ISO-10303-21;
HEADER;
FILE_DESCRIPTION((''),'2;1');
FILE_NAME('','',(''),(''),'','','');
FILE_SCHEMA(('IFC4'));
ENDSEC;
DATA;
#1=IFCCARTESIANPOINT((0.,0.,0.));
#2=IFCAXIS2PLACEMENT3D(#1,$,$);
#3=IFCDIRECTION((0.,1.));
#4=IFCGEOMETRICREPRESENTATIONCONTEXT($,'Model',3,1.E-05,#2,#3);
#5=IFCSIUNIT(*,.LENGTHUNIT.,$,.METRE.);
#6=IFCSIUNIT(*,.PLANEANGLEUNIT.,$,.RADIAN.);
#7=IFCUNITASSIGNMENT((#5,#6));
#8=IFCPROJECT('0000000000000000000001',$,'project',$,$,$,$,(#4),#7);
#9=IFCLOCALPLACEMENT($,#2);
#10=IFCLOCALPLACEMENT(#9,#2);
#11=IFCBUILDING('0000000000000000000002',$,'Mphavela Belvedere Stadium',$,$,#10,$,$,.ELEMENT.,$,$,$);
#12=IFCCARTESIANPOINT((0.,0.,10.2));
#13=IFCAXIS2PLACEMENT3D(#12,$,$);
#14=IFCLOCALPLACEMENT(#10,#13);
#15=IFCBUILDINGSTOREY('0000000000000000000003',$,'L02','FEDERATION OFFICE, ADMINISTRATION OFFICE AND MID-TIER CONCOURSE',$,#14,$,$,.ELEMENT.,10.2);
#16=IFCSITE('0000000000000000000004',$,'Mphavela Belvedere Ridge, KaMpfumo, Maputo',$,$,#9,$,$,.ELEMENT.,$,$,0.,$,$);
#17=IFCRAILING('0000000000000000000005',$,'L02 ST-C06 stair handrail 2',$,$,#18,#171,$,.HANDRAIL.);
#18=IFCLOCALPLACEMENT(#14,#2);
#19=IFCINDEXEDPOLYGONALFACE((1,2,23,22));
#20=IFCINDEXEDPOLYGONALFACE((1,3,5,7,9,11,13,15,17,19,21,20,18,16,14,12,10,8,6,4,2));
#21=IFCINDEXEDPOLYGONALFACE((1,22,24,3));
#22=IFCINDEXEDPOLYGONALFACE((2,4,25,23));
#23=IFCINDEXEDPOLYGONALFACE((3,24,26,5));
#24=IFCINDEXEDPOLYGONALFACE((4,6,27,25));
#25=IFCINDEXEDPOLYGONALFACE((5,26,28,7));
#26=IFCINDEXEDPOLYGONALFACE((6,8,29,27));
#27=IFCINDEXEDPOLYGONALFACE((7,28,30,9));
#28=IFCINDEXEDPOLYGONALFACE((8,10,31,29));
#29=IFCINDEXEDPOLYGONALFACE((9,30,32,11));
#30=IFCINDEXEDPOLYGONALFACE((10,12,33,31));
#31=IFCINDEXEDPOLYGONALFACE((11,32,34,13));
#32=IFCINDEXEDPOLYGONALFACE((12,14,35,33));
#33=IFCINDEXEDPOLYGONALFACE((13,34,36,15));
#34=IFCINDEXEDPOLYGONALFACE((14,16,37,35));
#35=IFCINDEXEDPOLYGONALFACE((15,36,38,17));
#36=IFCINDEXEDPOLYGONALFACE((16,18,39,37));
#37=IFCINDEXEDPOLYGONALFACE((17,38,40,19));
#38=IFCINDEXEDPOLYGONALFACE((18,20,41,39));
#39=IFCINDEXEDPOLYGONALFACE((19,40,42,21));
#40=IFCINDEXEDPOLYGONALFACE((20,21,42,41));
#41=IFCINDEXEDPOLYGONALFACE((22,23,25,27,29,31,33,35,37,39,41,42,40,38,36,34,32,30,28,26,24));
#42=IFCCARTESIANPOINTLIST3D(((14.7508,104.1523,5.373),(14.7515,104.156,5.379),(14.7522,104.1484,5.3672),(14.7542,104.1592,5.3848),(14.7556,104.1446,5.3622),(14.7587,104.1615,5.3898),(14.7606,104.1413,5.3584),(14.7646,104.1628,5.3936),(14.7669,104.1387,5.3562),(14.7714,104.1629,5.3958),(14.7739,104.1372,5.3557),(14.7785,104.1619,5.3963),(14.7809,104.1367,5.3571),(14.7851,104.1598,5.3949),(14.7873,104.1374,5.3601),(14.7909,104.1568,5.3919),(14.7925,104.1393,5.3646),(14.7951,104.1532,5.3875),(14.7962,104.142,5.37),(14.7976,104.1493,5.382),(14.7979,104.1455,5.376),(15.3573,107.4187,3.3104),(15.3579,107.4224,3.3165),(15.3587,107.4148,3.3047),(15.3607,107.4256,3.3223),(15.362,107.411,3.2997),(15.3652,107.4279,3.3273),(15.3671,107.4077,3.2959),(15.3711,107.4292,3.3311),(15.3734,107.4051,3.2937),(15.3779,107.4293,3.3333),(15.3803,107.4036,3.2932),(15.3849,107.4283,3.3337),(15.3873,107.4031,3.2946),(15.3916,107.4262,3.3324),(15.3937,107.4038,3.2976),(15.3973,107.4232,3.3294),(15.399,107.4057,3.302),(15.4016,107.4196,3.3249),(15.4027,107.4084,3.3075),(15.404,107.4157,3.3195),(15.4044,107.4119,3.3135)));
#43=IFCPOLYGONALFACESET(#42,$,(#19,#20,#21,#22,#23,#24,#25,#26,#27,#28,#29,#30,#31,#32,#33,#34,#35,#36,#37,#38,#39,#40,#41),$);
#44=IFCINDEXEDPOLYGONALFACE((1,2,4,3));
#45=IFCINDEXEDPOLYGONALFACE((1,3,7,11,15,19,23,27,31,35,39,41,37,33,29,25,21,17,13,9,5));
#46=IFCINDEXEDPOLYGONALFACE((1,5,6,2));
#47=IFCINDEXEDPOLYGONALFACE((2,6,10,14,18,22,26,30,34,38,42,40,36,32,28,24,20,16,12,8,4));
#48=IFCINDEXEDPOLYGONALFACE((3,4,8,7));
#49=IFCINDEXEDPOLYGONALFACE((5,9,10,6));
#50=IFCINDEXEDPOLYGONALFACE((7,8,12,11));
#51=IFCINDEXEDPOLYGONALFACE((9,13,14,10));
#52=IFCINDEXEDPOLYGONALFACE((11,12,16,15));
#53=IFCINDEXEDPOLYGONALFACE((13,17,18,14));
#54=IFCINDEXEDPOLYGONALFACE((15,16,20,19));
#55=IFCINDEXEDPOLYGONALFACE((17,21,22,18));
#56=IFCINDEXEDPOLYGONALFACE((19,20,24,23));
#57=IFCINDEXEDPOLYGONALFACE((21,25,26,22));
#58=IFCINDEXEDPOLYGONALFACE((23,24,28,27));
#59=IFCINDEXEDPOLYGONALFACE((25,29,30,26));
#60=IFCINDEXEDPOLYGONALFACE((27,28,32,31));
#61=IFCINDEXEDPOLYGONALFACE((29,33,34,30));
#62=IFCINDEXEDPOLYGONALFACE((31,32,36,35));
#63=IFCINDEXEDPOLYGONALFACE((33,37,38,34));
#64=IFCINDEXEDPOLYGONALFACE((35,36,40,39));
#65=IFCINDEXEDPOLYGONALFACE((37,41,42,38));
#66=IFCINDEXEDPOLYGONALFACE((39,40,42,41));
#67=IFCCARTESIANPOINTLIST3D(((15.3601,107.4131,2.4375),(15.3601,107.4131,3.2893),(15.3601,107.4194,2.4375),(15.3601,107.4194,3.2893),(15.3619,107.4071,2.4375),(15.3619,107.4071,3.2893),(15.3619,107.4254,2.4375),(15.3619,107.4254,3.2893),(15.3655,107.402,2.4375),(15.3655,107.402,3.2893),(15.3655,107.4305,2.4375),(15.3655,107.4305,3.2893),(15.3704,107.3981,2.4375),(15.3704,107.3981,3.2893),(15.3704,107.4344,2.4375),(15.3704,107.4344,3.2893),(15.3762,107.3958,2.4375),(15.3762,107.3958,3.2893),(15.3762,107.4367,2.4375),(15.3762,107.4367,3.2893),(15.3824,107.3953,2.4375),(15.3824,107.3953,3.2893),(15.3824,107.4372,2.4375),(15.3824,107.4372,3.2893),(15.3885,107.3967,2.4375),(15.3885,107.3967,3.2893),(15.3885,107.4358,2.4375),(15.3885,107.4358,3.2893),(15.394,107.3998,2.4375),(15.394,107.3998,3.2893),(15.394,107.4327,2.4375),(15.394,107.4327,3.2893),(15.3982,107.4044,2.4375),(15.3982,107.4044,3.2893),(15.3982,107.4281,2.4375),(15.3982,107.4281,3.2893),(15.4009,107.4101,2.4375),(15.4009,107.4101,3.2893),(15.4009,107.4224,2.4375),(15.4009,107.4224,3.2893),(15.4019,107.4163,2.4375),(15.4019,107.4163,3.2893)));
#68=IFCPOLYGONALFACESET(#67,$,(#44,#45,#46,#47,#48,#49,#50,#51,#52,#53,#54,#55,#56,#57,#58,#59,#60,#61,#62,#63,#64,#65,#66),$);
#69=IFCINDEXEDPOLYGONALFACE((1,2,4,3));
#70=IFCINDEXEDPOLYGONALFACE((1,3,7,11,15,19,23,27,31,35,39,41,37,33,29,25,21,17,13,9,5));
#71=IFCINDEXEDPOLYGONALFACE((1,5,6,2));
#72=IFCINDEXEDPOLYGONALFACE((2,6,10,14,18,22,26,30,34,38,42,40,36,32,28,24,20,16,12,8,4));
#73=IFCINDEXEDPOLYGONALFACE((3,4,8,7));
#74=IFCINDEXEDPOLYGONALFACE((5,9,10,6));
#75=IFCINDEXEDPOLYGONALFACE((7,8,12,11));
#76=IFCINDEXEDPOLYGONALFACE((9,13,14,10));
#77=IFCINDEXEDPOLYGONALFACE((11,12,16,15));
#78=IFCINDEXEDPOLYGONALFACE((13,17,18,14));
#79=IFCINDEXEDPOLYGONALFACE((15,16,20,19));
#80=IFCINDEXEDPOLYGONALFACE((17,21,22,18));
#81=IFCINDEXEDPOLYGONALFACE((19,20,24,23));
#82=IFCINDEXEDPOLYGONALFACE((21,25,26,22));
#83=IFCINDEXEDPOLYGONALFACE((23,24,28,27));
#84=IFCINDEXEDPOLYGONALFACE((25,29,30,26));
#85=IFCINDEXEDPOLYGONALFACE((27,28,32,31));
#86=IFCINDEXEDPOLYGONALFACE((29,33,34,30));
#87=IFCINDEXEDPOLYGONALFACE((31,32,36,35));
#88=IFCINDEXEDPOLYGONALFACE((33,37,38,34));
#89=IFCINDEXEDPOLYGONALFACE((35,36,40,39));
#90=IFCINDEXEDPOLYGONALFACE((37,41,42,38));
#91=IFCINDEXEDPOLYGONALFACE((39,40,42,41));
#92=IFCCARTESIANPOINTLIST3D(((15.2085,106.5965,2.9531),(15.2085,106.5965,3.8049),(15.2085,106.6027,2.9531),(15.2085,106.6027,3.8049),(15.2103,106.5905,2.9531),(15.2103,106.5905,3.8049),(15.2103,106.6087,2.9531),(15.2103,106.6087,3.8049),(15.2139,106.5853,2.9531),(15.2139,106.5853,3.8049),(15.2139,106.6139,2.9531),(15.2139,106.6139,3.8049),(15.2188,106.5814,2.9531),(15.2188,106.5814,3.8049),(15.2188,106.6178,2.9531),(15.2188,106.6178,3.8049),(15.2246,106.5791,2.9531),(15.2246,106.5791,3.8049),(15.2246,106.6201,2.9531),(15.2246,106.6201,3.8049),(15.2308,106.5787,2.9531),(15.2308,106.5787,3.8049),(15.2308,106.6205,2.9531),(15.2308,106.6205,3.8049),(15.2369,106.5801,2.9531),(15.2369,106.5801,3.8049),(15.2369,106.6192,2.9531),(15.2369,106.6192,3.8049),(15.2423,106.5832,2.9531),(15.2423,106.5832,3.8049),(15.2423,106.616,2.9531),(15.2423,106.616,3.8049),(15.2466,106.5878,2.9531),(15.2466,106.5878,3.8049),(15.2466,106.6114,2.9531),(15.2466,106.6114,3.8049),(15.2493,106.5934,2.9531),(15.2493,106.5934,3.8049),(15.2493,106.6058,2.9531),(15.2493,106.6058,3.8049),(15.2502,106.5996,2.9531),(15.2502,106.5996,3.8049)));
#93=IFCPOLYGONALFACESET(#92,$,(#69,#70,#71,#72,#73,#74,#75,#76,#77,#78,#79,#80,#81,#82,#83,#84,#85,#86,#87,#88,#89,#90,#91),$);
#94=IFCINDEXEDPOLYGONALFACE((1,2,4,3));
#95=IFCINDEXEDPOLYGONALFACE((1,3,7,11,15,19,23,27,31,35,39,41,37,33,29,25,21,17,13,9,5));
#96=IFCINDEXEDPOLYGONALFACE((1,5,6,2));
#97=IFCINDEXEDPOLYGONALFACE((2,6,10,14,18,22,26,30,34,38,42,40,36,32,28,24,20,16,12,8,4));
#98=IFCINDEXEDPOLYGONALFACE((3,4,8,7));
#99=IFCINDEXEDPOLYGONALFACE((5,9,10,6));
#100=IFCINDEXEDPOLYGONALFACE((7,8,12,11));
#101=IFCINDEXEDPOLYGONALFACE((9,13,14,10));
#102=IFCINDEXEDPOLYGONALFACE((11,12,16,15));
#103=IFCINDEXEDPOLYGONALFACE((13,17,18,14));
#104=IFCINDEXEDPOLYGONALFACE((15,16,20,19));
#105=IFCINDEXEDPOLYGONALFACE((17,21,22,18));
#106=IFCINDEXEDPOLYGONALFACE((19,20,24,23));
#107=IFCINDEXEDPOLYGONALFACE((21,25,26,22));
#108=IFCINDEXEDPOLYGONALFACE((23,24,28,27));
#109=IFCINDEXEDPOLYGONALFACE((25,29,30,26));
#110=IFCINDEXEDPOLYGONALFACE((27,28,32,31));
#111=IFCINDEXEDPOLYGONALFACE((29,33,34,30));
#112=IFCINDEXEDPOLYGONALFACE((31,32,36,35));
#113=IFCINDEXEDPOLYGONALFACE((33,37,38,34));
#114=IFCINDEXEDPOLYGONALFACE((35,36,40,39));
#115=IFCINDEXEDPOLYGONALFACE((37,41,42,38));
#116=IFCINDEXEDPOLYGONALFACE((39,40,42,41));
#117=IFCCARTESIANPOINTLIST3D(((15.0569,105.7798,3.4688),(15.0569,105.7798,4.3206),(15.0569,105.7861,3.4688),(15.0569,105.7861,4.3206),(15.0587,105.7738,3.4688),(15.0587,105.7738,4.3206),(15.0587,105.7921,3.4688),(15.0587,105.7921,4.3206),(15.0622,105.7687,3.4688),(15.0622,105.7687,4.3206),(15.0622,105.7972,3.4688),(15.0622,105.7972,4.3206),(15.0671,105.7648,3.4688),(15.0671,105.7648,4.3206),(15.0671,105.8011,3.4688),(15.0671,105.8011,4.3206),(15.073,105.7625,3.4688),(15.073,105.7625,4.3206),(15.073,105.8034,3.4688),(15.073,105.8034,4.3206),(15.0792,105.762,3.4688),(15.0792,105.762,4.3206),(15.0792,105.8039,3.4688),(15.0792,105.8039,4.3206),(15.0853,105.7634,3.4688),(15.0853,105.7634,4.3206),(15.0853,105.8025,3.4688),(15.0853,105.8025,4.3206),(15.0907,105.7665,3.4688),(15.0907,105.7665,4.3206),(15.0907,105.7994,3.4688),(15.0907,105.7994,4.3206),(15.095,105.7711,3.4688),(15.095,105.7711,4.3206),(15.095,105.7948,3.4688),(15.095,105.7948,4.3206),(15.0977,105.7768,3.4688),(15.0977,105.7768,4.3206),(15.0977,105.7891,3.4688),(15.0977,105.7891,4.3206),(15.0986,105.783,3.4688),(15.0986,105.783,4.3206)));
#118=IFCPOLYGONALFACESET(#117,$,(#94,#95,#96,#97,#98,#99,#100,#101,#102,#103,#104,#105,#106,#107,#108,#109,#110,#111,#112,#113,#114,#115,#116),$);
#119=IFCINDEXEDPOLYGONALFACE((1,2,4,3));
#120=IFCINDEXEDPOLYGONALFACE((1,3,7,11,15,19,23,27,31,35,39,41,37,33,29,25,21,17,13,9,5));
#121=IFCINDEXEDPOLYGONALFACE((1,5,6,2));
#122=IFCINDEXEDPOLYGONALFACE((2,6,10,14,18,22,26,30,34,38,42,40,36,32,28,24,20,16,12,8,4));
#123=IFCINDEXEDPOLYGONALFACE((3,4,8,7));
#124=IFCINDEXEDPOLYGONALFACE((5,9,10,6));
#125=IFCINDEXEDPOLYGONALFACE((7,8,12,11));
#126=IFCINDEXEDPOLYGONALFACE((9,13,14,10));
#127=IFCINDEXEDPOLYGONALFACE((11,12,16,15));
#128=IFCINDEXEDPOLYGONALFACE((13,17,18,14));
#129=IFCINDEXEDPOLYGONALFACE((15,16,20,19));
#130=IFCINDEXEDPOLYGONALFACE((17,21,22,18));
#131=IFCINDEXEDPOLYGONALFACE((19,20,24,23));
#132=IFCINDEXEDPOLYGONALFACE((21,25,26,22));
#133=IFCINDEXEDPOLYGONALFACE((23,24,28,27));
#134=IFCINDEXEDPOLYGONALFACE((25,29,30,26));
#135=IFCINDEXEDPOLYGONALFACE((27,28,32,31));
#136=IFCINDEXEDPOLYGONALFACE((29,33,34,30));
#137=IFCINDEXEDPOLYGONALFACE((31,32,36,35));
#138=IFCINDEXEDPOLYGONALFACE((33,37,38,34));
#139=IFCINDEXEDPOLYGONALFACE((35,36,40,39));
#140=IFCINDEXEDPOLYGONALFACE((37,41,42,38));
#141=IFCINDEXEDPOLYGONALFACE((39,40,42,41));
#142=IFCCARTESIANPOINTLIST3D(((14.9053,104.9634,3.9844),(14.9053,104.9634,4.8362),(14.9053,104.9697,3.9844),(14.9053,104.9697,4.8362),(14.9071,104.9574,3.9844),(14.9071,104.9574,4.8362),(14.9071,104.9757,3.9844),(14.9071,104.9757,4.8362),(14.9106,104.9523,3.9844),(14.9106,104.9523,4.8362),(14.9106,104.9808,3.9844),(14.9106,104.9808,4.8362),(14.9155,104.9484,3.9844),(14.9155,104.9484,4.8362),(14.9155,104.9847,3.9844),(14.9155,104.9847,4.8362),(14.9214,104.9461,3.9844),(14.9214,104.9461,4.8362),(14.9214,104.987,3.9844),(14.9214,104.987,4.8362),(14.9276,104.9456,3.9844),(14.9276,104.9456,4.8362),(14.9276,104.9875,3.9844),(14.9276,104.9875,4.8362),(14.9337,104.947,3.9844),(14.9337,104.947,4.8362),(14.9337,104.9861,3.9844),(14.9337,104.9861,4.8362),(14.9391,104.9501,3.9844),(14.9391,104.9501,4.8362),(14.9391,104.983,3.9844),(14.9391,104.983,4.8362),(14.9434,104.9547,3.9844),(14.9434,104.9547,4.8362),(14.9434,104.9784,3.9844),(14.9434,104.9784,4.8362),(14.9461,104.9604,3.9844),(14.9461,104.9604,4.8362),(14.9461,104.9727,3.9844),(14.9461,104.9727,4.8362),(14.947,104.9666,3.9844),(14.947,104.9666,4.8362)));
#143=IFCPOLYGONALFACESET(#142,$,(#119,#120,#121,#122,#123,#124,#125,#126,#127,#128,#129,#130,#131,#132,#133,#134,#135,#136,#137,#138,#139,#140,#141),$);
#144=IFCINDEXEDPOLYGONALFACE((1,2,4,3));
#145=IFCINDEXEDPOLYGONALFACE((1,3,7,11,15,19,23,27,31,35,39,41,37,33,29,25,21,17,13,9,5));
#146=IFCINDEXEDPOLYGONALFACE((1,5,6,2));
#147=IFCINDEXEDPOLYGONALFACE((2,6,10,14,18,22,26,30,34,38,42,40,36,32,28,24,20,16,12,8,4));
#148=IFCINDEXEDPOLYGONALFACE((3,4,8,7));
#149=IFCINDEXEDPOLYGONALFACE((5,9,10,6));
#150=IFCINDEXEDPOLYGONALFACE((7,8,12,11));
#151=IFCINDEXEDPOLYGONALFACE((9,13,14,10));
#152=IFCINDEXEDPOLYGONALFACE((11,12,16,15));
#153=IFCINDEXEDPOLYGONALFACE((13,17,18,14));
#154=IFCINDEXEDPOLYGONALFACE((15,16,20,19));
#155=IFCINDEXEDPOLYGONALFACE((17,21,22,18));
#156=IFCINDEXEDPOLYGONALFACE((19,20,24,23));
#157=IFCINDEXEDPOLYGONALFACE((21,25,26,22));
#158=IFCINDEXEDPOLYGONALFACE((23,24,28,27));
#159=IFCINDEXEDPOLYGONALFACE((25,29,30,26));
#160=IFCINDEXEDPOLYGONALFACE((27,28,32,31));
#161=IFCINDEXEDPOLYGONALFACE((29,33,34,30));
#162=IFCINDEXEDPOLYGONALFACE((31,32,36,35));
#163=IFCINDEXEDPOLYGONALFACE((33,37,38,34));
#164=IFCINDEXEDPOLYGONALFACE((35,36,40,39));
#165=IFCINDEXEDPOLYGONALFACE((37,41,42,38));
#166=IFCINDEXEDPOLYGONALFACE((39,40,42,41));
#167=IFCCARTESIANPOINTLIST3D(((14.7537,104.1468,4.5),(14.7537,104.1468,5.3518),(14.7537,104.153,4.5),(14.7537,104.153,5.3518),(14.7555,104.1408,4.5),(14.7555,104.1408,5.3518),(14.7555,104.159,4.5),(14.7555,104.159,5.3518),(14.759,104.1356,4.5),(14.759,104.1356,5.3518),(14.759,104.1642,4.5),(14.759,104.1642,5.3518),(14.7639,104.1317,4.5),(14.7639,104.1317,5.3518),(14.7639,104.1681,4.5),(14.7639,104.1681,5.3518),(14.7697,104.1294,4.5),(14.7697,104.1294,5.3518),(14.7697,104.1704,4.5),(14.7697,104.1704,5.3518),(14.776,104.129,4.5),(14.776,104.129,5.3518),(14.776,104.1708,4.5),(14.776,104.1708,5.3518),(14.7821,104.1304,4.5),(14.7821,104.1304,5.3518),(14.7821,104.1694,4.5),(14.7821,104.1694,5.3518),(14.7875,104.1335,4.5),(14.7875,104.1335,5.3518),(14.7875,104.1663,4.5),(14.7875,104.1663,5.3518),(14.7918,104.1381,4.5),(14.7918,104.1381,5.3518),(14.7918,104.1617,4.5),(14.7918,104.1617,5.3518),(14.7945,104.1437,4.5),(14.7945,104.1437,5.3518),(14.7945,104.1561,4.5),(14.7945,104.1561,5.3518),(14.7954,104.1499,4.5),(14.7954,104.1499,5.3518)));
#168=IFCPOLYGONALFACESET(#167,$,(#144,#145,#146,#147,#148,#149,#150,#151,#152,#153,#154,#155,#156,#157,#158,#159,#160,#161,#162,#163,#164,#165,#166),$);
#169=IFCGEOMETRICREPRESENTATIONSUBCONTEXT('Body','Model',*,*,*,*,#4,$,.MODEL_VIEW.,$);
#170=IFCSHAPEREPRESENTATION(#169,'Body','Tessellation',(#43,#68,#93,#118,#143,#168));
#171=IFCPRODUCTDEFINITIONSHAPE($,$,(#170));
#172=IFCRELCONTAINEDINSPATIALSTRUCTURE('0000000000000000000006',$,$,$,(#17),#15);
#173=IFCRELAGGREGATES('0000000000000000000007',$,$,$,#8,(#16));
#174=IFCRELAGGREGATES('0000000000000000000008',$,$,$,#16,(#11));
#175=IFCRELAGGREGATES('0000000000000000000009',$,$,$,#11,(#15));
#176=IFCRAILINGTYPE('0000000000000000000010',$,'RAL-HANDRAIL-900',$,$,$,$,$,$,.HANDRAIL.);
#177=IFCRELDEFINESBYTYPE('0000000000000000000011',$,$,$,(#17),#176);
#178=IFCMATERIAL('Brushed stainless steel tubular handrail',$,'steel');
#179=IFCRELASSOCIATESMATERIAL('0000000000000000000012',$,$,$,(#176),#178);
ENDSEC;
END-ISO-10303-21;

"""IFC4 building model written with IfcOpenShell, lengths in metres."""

from ifc_helpers import new_model, si_unit, direction, frame, origin, origin_2d, place, context, subcontext, project, spatial, circle, extrude, material, type_object, element, save


model = new_model("IFC4")

# Units and contexts
model_context = context("Model", 3, precision=1e-05, world=origin(), true_north=direction((0.0, 1.0)))
body_context = subcontext(model_context, "Body", "Model", "MODEL_VIEW")
ifc_project = project(units=[si_unit("LENGTHUNIT", "METRE"), si_unit("PLANEANGLEUNIT", "RADIAN")], contexts=[model_context])

# Site, building, storey
site_placement = place(None, origin())
site = spatial("IfcSite", under=ifc_project, at=site_placement, Name="Mphavela Belvedere Ridge, KaMpfumo, Maputo", CompositionType="ELEMENT", RefElevation=0.0)
building_placement = place(site_placement, origin())
building = spatial("IfcBuilding", under=site, at=building_placement, Name="Mphavela Belvedere Stadium", CompositionType="ELEMENT")
storey_placement = place(building_placement, frame((0.0, 0.0, 10.2)))
storey = spatial("IfcBuildingStorey", under=building, at=storey_placement, Name="L02", Description="FEDERATION OFFICE, ADMINISTRATION OFFICE AND MID-TIER CONCOURSE", CompositionType="ELEMENT", Elevation=10.2)

# Railing
ifc_material_1 = material(Name="Brushed stainless steel tubular handrail", Category="steel")
railing_type_1 = type_object("IfcRailingType", Name="RAL-HANDRAIL-900", PredefinedType="HANDRAIL", material=ifc_material_1)
railing_1_placement = place(storey_placement, frame((15.3809, 107.4163, 2.4375)))
element("IfcRailing", 1, at=railing_1_placement, inside=storey, type_object=railing_type_1, Name="L02 ST-C06 stair handrail 2", PredefinedType="HANDRAIL", context=body_context, shape_type="SweptSolid", body=[
    extrude(circle(Radius=0.0239, at=origin_2d()), frame((0.0, 0.0, 0.876), z_axis=(-0.155088, -0.835313, 0.527447), x_axis=(0.983198, -0.182544, 0.0)), (0.0, 0.0, 1.0), 3.9104),
    extrude(circle(Radius=0.021, at=origin_2d()), origin(), (0.0, 0.0, 1.0), 0.8518),
    extrude(circle(Radius=0.021, at=origin_2d()), frame((-0.1516, -0.8167, 0.5156)), (0.0, 0.0, 1.0), 0.8518),
    extrude(circle(Radius=0.021, at=origin_2d()), frame((-0.3032, -1.6333, 1.0312)), (0.0, 0.0, 1.0), 0.8518),
    extrude(circle(Radius=0.021, at=origin_2d()), frame((-0.4548, -2.4497, 1.5469)), (0.0, 0.0, 1.0), 0.8518),
    extrude(circle(Radius=0.021, at=origin_2d()), frame((-0.6064, -3.2664, 2.0625)), (0.0, 0.0, 1.0), 0.8518),
])

save(model, "model.ifc")
